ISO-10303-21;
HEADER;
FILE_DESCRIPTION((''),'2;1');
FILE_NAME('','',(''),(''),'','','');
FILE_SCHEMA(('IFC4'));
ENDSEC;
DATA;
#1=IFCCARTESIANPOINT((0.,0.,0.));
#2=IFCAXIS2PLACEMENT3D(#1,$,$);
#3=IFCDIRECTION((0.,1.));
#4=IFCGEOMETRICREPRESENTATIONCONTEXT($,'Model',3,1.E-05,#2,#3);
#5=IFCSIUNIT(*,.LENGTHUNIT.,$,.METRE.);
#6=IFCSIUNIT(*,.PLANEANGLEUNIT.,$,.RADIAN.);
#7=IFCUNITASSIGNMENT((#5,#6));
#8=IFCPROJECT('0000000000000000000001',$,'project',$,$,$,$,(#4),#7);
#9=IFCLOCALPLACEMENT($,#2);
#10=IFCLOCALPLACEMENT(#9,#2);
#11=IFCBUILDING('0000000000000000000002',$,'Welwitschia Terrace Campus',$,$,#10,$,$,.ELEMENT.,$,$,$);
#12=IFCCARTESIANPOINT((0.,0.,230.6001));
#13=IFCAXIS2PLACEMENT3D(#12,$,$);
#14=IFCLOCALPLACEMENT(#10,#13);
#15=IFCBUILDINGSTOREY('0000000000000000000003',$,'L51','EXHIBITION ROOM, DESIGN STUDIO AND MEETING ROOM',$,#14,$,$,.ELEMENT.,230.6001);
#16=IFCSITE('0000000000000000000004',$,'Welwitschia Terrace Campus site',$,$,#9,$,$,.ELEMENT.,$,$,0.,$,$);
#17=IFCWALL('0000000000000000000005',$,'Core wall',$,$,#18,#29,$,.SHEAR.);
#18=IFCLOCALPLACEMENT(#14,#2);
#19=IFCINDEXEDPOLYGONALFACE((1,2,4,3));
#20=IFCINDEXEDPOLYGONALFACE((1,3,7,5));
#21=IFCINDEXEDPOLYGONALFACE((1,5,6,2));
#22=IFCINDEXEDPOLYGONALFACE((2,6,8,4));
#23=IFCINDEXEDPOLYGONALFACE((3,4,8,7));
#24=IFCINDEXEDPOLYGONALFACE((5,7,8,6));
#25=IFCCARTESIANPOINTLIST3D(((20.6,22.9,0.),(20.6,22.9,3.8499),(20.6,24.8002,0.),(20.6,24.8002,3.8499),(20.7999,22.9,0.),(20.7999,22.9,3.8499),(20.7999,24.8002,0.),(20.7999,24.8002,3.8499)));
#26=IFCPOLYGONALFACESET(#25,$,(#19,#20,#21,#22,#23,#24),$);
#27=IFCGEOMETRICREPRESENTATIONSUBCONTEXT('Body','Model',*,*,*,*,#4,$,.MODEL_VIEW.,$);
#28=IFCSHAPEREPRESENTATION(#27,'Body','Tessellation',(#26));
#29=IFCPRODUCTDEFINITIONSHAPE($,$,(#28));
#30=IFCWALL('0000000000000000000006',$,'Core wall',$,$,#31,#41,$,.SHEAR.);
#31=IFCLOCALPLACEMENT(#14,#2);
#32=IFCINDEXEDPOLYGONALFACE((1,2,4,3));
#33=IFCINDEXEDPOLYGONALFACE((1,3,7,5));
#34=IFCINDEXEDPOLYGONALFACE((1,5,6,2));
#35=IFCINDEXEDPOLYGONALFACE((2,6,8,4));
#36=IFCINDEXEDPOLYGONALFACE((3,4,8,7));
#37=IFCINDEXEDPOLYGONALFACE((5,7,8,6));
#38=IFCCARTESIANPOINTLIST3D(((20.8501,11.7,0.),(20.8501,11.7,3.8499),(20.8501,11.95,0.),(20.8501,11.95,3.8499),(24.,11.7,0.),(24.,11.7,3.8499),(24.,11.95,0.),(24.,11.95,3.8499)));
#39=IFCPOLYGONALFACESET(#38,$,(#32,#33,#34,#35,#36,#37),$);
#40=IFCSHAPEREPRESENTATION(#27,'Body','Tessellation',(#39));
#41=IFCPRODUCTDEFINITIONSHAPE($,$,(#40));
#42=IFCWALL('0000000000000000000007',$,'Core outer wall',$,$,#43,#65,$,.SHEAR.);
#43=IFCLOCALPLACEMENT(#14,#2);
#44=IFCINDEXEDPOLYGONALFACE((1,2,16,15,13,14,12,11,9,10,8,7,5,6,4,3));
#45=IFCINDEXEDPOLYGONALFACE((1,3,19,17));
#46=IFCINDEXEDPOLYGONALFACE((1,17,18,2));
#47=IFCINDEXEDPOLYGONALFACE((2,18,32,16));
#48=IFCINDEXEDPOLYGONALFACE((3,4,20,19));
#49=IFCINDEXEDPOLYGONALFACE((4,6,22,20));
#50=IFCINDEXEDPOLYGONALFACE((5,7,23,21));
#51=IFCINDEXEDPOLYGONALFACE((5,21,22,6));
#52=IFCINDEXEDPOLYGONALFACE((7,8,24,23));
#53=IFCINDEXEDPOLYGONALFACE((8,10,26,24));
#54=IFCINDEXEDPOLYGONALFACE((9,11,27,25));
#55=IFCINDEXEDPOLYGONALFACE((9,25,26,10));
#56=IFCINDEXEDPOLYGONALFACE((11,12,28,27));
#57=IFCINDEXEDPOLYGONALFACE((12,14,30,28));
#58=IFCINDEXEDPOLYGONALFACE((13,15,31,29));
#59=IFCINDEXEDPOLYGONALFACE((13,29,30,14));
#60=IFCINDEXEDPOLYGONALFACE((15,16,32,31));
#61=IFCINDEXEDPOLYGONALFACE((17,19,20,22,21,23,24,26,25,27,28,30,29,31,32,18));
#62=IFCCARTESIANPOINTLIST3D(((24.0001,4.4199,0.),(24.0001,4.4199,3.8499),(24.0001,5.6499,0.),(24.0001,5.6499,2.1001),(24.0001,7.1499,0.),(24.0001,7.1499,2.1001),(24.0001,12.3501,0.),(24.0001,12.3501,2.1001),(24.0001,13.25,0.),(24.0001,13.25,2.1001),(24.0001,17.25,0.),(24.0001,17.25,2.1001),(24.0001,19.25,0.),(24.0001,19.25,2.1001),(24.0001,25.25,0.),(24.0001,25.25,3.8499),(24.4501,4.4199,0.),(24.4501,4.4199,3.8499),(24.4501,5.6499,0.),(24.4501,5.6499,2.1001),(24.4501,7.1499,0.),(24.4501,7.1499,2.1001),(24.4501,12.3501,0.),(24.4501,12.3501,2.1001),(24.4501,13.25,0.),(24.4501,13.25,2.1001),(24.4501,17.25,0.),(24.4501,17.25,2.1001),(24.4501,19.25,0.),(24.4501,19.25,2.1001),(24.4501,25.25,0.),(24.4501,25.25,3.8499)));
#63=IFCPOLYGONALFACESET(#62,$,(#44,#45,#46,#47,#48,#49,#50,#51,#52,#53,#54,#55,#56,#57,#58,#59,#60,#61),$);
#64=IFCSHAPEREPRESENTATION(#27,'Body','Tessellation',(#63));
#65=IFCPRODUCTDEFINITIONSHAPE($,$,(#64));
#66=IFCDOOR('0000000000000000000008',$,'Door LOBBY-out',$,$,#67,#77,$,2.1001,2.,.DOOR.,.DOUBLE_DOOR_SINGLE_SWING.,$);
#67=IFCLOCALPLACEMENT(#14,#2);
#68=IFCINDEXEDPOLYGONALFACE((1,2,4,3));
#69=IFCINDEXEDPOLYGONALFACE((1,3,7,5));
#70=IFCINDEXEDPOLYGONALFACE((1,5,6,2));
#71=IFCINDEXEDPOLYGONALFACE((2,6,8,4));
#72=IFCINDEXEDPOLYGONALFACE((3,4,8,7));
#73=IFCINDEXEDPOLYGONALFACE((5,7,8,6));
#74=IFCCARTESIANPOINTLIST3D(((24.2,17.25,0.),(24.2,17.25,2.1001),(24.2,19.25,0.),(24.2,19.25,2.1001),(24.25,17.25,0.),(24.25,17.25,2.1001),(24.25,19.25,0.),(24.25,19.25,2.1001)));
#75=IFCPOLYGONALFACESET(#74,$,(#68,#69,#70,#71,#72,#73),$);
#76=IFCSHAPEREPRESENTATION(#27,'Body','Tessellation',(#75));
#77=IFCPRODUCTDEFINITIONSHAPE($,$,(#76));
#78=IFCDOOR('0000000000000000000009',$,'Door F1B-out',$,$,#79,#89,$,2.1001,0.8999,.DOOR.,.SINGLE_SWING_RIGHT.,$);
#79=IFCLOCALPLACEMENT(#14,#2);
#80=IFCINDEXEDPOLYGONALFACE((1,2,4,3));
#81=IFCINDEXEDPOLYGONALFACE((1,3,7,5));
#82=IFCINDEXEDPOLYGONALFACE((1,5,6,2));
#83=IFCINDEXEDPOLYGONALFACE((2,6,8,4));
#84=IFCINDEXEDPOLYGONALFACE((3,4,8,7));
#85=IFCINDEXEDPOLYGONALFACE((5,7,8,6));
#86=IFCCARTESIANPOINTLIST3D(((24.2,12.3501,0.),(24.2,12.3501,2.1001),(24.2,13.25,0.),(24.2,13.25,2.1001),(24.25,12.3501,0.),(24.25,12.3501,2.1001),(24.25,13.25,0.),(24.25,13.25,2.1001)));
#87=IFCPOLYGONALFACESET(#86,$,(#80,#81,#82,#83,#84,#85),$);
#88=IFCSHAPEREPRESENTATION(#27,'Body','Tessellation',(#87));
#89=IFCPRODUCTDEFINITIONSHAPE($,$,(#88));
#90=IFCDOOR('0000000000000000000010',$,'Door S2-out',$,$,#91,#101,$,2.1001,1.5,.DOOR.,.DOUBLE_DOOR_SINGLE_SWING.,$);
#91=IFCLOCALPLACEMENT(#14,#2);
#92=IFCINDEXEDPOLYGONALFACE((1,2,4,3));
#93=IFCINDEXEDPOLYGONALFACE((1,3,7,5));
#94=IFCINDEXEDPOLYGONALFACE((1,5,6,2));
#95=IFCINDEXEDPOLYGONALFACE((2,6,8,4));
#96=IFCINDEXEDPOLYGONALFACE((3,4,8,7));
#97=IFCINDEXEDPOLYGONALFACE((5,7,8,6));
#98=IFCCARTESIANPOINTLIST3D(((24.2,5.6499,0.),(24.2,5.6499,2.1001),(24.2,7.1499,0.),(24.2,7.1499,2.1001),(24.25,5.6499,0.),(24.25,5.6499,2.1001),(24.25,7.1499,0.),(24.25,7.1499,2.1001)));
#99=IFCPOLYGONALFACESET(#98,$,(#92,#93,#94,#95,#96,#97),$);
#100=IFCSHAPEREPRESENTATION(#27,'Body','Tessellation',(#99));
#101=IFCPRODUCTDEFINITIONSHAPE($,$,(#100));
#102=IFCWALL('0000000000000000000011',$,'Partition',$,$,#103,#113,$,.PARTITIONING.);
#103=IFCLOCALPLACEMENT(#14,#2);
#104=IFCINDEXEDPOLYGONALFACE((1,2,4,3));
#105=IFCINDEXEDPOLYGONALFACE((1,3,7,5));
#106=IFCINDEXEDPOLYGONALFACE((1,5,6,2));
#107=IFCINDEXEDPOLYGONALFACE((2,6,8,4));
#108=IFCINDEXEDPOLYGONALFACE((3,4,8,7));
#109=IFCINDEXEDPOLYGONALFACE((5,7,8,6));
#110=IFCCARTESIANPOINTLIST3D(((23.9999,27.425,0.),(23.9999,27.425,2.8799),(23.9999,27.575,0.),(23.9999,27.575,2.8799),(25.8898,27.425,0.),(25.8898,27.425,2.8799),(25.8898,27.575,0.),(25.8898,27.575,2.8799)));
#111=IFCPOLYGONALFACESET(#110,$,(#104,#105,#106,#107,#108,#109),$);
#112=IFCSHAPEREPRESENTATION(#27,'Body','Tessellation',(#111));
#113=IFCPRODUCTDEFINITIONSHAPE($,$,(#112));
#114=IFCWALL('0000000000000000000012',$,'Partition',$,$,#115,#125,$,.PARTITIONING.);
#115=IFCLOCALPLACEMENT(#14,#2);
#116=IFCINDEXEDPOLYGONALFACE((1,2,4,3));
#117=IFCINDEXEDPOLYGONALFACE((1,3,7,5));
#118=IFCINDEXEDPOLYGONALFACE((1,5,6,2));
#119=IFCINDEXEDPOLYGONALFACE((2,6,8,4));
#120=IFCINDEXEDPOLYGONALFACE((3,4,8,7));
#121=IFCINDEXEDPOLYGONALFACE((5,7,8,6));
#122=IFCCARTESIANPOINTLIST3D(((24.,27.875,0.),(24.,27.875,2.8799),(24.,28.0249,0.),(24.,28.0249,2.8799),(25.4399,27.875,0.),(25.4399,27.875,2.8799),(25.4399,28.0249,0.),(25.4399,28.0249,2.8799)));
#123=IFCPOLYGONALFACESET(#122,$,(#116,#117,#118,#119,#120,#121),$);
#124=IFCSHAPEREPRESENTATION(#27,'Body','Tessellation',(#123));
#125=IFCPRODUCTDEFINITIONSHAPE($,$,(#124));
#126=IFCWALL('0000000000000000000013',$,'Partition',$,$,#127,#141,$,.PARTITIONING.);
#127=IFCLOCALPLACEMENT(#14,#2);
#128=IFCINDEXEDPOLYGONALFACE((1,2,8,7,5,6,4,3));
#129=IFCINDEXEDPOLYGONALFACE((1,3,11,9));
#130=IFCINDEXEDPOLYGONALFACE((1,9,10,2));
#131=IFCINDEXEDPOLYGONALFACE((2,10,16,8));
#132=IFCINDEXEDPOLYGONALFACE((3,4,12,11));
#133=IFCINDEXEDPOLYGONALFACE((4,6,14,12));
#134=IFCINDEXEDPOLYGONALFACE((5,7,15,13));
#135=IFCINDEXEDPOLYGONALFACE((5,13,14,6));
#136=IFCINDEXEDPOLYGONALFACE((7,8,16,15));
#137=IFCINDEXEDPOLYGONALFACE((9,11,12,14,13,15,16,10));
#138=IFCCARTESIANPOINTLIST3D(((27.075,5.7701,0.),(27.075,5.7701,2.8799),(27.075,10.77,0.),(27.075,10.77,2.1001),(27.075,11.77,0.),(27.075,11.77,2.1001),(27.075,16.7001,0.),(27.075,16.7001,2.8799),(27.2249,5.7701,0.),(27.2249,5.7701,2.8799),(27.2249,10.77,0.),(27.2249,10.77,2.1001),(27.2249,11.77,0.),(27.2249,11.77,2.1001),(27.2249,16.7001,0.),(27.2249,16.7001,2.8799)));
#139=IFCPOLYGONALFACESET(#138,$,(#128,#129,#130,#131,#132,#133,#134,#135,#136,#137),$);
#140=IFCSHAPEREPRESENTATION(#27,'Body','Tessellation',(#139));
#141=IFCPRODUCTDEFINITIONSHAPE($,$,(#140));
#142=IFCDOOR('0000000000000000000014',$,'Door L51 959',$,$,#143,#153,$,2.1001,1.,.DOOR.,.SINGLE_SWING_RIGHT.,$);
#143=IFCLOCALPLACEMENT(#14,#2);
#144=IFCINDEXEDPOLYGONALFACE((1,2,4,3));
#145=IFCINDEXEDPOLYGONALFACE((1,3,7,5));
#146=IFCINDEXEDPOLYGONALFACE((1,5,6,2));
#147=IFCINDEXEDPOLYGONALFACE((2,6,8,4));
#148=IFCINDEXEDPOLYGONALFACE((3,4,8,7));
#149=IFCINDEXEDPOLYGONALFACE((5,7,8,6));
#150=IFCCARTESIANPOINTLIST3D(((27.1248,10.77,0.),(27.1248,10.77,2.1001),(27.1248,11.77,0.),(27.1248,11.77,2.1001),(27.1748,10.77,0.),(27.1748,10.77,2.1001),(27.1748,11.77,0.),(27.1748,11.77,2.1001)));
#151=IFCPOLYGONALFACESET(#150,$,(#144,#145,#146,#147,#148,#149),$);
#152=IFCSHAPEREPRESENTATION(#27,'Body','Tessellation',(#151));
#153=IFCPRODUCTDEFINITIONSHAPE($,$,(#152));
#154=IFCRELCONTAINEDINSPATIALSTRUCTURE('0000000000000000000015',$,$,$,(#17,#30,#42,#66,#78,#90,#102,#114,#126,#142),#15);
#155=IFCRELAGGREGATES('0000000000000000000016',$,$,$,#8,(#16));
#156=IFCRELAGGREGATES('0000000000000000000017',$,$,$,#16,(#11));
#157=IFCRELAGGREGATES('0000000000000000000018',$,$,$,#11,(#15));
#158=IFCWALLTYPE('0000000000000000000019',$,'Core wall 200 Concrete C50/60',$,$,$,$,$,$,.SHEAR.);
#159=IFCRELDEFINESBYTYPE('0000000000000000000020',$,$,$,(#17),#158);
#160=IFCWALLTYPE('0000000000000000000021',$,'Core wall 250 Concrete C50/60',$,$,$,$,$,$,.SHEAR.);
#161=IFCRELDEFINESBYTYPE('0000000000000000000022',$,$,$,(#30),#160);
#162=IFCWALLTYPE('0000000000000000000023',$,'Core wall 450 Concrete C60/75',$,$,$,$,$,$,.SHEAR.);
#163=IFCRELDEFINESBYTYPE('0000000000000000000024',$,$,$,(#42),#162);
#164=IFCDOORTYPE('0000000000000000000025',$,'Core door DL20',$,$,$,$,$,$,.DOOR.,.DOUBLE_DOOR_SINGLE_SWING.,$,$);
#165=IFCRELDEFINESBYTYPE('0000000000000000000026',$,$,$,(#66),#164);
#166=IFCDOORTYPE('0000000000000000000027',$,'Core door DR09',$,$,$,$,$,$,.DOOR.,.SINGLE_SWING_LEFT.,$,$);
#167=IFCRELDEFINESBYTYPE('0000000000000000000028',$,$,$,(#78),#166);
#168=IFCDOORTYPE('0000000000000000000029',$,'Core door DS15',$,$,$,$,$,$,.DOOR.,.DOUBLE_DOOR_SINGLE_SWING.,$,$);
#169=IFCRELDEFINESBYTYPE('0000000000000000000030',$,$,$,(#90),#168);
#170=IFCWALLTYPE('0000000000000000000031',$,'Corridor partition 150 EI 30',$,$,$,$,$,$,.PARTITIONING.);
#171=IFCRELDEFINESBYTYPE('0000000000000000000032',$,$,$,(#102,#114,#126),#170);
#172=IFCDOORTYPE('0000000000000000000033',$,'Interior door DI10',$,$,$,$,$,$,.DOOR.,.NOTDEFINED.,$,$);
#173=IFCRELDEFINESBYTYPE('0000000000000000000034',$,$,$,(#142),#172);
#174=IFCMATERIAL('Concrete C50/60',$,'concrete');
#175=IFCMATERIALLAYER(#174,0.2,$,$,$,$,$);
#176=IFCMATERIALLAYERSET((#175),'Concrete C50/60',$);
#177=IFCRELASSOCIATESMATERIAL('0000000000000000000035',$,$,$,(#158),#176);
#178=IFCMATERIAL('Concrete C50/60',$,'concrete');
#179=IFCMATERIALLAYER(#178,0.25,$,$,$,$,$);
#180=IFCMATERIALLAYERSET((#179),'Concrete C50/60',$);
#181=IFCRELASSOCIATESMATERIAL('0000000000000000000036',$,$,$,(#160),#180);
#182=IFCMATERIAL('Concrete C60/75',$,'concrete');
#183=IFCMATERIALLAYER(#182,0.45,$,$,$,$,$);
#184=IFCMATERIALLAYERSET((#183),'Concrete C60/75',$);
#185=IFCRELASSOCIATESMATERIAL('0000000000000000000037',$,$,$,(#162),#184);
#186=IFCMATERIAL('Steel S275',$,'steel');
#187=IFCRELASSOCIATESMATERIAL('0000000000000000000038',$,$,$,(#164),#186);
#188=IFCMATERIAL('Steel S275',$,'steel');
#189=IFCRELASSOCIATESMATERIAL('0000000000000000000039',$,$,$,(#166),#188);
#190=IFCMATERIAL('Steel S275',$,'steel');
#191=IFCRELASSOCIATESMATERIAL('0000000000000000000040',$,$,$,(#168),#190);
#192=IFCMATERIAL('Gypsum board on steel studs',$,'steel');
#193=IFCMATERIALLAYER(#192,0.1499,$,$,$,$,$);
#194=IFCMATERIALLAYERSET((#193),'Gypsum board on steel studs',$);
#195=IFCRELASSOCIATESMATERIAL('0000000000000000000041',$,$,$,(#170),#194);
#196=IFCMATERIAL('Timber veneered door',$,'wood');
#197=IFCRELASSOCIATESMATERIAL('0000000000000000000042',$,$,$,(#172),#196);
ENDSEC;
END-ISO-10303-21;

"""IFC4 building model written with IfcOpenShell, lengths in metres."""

from ifc_helpers import new_model, si_unit, direction, frame, frame_2d, origin, place, context, subcontext, project, spatial, rectangle, extrude, material, layer, layer_set, type_object, element, fill, save


model = new_model("IFC4")

# Units and contexts
model_context = context("Model", 3, precision=1e-05, world=origin(), true_north=direction((0.0, 1.0)))
body_context = subcontext(model_context, "Body", "Model", "MODEL_VIEW")
ifc_project = project(units=[si_unit("LENGTHUNIT", "METRE"), si_unit("PLANEANGLEUNIT", "RADIAN")], contexts=[model_context])

# Site, building, storey
site_placement = place(None, origin())
site = spatial("IfcSite", under=ifc_project, at=site_placement, Name="Welwitschia Terrace Campus site", CompositionType="ELEMENT", RefElevation=0.0)
building_placement = place(site_placement, origin())
building = spatial("IfcBuilding", under=site, at=building_placement, Name="Welwitschia Terrace Campus", CompositionType="ELEMENT")
storey_placement = place(building_placement, frame((0.0, 0.0, 230.6001)))
storey = spatial("IfcBuildingStorey", under=building, at=storey_placement, Name="L51", Description="EXHIBITION ROOM, DESIGN STUDIO AND MEETING ROOM", CompositionType="ELEMENT", Elevation=230.6001)

# Walls
ifc_material_1 = material(Name="Concrete C50/60", Category="concrete")
ifc_layer_1 = layer(ifc_material_1, 0.2)
ifc_layer_set_1 = layer_set([ifc_layer_1], Name="Concrete C50/60")
wall_type_1 = type_object("IfcWallType", Name="Core wall 200 Concrete C50/60", PredefinedType="SHEAR", material=ifc_layer_set_1)
for number, where, z_axis, x_axis, name in (
    (1, (20.7, 22.8999, 0.0), (0.0, 0.0, 1.0), (0.0, 1.0, 0.0), "Core wall"),
):
    element("IfcWall", number, at=place(storey_placement, frame(where, z_axis=z_axis, x_axis=x_axis)), inside=storey, type_object=wall_type_1, Name=name, PredefinedType="SHEAR", context=body_context, shape_type="SweptSolid", body=[
        extrude(rectangle(XDim=1.9001, YDim=0.2, at=frame_2d((0.9502, 0.0))), origin(), (0.0, 0.0, 1.0), 3.8499),
    ])
ifc_material_2 = material(Name="Concrete C50/60", Category="concrete")
ifc_layer_2 = layer(ifc_material_2, 0.25)
ifc_layer_set_2 = layer_set([ifc_layer_2], Name="Concrete C50/60")
wall_type_2 = type_object("IfcWallType", Name="Core wall 250 Concrete C50/60", PredefinedType="SHEAR", material=ifc_layer_set_2)
wall_1_placement = place(storey_placement, frame((20.8501, 11.825, 0.0), z_axis=(0.0, 0.0, 1.0), x_axis=(1.0, 0.0, 0.0)))
element("IfcWall", 2, at=wall_1_placement, inside=storey, type_object=wall_type_2, Name="Core wall", PredefinedType="SHEAR", context=body_context, shape_type="SweptSolid", body=[
    extrude(rectangle(XDim=3.1499, YDim=0.25, at=frame_2d((1.575, 0.0))), origin(), (0.0, 0.0, 1.0), 3.8499),
])

# Wall, openings, doors
ifc_material_3 = material(Name="Concrete C60/75", Category="concrete")
ifc_layer_3 = layer(ifc_material_3, 0.45)
ifc_layer_set_3 = layer_set([ifc_layer_3], Name="Concrete C60/75")
wall_type_3 = type_object("IfcWallType", Name="Core wall 450 Concrete C60/75", PredefinedType="SHEAR", material=ifc_layer_set_3)
wall_2_placement = place(storey_placement, frame((24.2251, 25.25, 0.0), z_axis=(0.0, 0.0, 1.0), x_axis=(0.0, -1.0, 0.0)))
wall_2 = element("IfcWall", 3, at=wall_2_placement, inside=storey, type_object=wall_type_3, Name="Core outer wall", PredefinedType="SHEAR", context=body_context, shape_type="SweptSolid", body=[
    extrude(rectangle(XDim=20.8301, YDim=0.45, at=frame_2d((10.415, 0.0))), origin(), (0.0, 0.0, 1.0), 3.8499),
])
opening_1_placement = place(wall_2_placement, frame((18.1001, 0.0, 0.0)))
opening_1 = element("IfcOpeningElement", 4, at=opening_1_placement, cuts=wall_2, PredefinedType="OPENING", context=body_context, shape_type="SweptSolid", body=[
    extrude(rectangle(XDim=1.5, YDim=2.1001, at=frame_2d((0.75, 1.05))), frame((0.0, 0.2349, 0.0), z_axis=(0.0, -1.0, 0.0), x_axis=(1.0, 0.0, 0.0)), (0.0, 0.0, 1.0), 0.47),
])
opening_2_placement = place(wall_2_placement, frame((12.0, 0.0, 0.0)))
opening_2 = element("IfcOpeningElement", 5, at=opening_2_placement, cuts=wall_2, PredefinedType="OPENING", context=body_context, shape_type="SweptSolid", body=[
    extrude(rectangle(XDim=0.8999, YDim=2.1001, at=frame_2d((0.45, 1.05))), frame((0.0, 0.2349, 0.0), z_axis=(0.0, -1.0, 0.0), x_axis=(1.0, 0.0, 0.0)), (0.0, 0.0, 1.0), 0.47),
])
opening_3_placement = place(wall_2_placement, frame((6.0, 0.0, 0.0)))
opening_3 = element("IfcOpeningElement", 6, at=opening_3_placement, cuts=wall_2, PredefinedType="OPENING", context=body_context, shape_type="SweptSolid", body=[
    extrude(rectangle(XDim=2.0, YDim=2.1001, at=frame_2d((1.0, 1.05))), frame((0.0, 0.2349, 0.0), z_axis=(0.0, -1.0, 0.0), x_axis=(1.0, 0.0, 0.0)), (0.0, 0.0, 1.0), 0.47),
])
ifc_material_4 = material(Name="Steel S275", Category="steel")
door_type_1 = type_object("IfcDoorType", Name="Core door DL20", OperationType="DOUBLE_DOOR_SINGLE_SWING", PredefinedType="DOOR", material=ifc_material_4)
door_1_placement = place(opening_3_placement, origin())
door_1 = element("IfcDoor", 7, at=door_1_placement, inside=storey, type_object=door_type_1, Name="Door LOBBY-out", OperationType="DOUBLE_DOOR_SINGLE_SWING", OverallHeight=2.1001, OverallWidth=2.0, PredefinedType="DOOR", context=body_context, shape_type="SweptSolid", body=[
    extrude(rectangle(XDim=2.0, YDim=2.1001, at=frame_2d((1.0, 1.05))), frame((0.0, 0.0249, 0.0), z_axis=(0.0, -1.0, 0.0), x_axis=(1.0, 0.0, 0.0)), (0.0, 0.0, 1.0), 0.05),
])
fill(opening_3, door_1)
ifc_material_5 = material(Name="Steel S275", Category="steel")
door_type_2 = type_object("IfcDoorType", Name="Core door DR09", OperationType="SINGLE_SWING_LEFT", PredefinedType="DOOR", material=ifc_material_5)
door_2_placement = place(opening_2_placement, origin())
door_2 = element("IfcDoor", 8, at=door_2_placement, inside=storey, type_object=door_type_2, Name="Door F1B-out", OperationType="SINGLE_SWING_RIGHT", OverallHeight=2.1001, OverallWidth=0.8999, PredefinedType="DOOR", context=body_context, shape_type="SweptSolid", body=[
    extrude(rectangle(XDim=0.8999, YDim=2.1001, at=frame_2d((0.45, 1.05))), frame((0.0, 0.0249, 0.0), z_axis=(0.0, -1.0, 0.0), x_axis=(1.0, 0.0, 0.0)), (0.0, 0.0, 1.0), 0.05),
])
fill(opening_2, door_2)
ifc_material_6 = material(Name="Steel S275", Category="steel")
door_type_3 = type_object("IfcDoorType", Name="Core door DS15", OperationType="DOUBLE_DOOR_SINGLE_SWING", PredefinedType="DOOR", material=ifc_material_6)
door_3_placement = place(opening_1_placement, origin())
door_3 = element("IfcDoor", 9, at=door_3_placement, inside=storey, type_object=door_type_3, Name="Door S2-out", OperationType="DOUBLE_DOOR_SINGLE_SWING", OverallHeight=2.1001, OverallWidth=1.5, PredefinedType="DOOR", context=body_context, shape_type="SweptSolid", body=[
    extrude(rectangle(XDim=1.5, YDim=2.1001, at=frame_2d((0.75, 1.05))), frame((0.0, 0.0249, 0.0), z_axis=(0.0, -1.0, 0.0), x_axis=(1.0, 0.0, 0.0)), (0.0, 0.0, 1.0), 0.05),
])
fill(opening_1, door_3)

# Walls
ifc_material_7 = material(Name="Gypsum board on steel studs", Category="steel")
ifc_layer_4 = layer(ifc_material_7, 0.1499)
ifc_layer_set_4 = layer_set([ifc_layer_4], Name="Gypsum board on steel studs")
wall_type_4 = type_object("IfcWallType", Name="Corridor partition 150 EI 30", PredefinedType="PARTITIONING", material=ifc_layer_set_4)
wall_3_placement = place(storey_placement, frame((24.0, 27.5, 0.0), z_axis=(0.0, 0.0, 1.0), x_axis=(1.0, 0.0, 0.0)))
element("IfcWall", 10, at=wall_3_placement, inside=storey, type_object=wall_type_4, Name="Partition", PredefinedType="PARTITIONING", context=body_context, shape_type="SweptSolid", body=[
    extrude(rectangle(XDim=1.8899, YDim=0.1499, at=frame_2d((0.9448, 0.0))), origin(), (0.0, 0.0, 1.0), 2.8799),
])
wall_4_placement = place(storey_placement, frame((24.0, 27.95, 0.0), z_axis=(0.0, 0.0, 1.0), x_axis=(1.0, 0.0, 0.0)))
element("IfcWall", 11, at=wall_4_placement, inside=storey, type_object=wall_type_4, Name="Partition", PredefinedType="PARTITIONING", context=body_context, shape_type="SweptSolid", body=[
    extrude(rectangle(XDim=1.4399, YDim=0.1499, at=frame_2d((0.72, 0.0))), origin(), (0.0, 0.0, 1.0), 2.8799),
])

# Wall, opening, door
wall_5_placement = place(storey_placement, frame((27.1499, 16.7, 0.0), z_axis=(0.0, 0.0, 1.0), x_axis=(0.0, -1.0, 0.0)))
wall_5 = element("IfcWall", 12, at=wall_5_placement, inside=storey, type_object=wall_type_4, Name="Partition", PredefinedType="PARTITIONING", context=body_context, shape_type="SweptSolid", body=[
    extrude(rectangle(XDim=10.9299, YDim=0.1499, at=frame_2d((5.4648, 0.0))), origin(), (0.0, 0.0, 1.0), 2.8799),
])
opening_4_placement = place(wall_5_placement, frame((4.9299, 0.0, 0.0)))
opening_4 = element("IfcOpeningElement", 13, at=opening_4_placement, cuts=wall_5, PredefinedType="OPENING", context=body_context, shape_type="SweptSolid", body=[
    extrude(rectangle(XDim=1.0, YDim=2.1001, at=frame_2d((0.5, 1.05))), frame((0.0, 0.085, 0.0), z_axis=(0.0, -1.0, 0.0), x_axis=(1.0, 0.0, 0.0)), (0.0, 0.0, 1.0), 0.1699),
])
ifc_material_8 = material(Name="Timber veneered door", Category="wood")
door_type_4 = type_object("IfcDoorType", Name="Interior door DI10", OperationType="NOTDEFINED", PredefinedType="DOOR", material=ifc_material_8)
door_4_placement = place(opening_4_placement, origin())
door_4 = element("IfcDoor", 14, at=door_4_placement, inside=storey, type_object=door_type_4, Name="Door L51 959", OperationType="SINGLE_SWING_RIGHT", OverallHeight=2.1001, OverallWidth=1.0, PredefinedType="DOOR", context=body_context, shape_type="SweptSolid", body=[
    extrude(rectangle(XDim=1.0, YDim=2.1001, at=frame_2d((0.5, 1.05))), frame((0.0, 0.0249, 0.0), z_axis=(0.0, -1.0, 0.0), x_axis=(1.0, 0.0, 0.0)), (0.0, 0.0, 1.0), 0.05),
])
fill(opening_4, door_4)

save(model, "model.ifc")
